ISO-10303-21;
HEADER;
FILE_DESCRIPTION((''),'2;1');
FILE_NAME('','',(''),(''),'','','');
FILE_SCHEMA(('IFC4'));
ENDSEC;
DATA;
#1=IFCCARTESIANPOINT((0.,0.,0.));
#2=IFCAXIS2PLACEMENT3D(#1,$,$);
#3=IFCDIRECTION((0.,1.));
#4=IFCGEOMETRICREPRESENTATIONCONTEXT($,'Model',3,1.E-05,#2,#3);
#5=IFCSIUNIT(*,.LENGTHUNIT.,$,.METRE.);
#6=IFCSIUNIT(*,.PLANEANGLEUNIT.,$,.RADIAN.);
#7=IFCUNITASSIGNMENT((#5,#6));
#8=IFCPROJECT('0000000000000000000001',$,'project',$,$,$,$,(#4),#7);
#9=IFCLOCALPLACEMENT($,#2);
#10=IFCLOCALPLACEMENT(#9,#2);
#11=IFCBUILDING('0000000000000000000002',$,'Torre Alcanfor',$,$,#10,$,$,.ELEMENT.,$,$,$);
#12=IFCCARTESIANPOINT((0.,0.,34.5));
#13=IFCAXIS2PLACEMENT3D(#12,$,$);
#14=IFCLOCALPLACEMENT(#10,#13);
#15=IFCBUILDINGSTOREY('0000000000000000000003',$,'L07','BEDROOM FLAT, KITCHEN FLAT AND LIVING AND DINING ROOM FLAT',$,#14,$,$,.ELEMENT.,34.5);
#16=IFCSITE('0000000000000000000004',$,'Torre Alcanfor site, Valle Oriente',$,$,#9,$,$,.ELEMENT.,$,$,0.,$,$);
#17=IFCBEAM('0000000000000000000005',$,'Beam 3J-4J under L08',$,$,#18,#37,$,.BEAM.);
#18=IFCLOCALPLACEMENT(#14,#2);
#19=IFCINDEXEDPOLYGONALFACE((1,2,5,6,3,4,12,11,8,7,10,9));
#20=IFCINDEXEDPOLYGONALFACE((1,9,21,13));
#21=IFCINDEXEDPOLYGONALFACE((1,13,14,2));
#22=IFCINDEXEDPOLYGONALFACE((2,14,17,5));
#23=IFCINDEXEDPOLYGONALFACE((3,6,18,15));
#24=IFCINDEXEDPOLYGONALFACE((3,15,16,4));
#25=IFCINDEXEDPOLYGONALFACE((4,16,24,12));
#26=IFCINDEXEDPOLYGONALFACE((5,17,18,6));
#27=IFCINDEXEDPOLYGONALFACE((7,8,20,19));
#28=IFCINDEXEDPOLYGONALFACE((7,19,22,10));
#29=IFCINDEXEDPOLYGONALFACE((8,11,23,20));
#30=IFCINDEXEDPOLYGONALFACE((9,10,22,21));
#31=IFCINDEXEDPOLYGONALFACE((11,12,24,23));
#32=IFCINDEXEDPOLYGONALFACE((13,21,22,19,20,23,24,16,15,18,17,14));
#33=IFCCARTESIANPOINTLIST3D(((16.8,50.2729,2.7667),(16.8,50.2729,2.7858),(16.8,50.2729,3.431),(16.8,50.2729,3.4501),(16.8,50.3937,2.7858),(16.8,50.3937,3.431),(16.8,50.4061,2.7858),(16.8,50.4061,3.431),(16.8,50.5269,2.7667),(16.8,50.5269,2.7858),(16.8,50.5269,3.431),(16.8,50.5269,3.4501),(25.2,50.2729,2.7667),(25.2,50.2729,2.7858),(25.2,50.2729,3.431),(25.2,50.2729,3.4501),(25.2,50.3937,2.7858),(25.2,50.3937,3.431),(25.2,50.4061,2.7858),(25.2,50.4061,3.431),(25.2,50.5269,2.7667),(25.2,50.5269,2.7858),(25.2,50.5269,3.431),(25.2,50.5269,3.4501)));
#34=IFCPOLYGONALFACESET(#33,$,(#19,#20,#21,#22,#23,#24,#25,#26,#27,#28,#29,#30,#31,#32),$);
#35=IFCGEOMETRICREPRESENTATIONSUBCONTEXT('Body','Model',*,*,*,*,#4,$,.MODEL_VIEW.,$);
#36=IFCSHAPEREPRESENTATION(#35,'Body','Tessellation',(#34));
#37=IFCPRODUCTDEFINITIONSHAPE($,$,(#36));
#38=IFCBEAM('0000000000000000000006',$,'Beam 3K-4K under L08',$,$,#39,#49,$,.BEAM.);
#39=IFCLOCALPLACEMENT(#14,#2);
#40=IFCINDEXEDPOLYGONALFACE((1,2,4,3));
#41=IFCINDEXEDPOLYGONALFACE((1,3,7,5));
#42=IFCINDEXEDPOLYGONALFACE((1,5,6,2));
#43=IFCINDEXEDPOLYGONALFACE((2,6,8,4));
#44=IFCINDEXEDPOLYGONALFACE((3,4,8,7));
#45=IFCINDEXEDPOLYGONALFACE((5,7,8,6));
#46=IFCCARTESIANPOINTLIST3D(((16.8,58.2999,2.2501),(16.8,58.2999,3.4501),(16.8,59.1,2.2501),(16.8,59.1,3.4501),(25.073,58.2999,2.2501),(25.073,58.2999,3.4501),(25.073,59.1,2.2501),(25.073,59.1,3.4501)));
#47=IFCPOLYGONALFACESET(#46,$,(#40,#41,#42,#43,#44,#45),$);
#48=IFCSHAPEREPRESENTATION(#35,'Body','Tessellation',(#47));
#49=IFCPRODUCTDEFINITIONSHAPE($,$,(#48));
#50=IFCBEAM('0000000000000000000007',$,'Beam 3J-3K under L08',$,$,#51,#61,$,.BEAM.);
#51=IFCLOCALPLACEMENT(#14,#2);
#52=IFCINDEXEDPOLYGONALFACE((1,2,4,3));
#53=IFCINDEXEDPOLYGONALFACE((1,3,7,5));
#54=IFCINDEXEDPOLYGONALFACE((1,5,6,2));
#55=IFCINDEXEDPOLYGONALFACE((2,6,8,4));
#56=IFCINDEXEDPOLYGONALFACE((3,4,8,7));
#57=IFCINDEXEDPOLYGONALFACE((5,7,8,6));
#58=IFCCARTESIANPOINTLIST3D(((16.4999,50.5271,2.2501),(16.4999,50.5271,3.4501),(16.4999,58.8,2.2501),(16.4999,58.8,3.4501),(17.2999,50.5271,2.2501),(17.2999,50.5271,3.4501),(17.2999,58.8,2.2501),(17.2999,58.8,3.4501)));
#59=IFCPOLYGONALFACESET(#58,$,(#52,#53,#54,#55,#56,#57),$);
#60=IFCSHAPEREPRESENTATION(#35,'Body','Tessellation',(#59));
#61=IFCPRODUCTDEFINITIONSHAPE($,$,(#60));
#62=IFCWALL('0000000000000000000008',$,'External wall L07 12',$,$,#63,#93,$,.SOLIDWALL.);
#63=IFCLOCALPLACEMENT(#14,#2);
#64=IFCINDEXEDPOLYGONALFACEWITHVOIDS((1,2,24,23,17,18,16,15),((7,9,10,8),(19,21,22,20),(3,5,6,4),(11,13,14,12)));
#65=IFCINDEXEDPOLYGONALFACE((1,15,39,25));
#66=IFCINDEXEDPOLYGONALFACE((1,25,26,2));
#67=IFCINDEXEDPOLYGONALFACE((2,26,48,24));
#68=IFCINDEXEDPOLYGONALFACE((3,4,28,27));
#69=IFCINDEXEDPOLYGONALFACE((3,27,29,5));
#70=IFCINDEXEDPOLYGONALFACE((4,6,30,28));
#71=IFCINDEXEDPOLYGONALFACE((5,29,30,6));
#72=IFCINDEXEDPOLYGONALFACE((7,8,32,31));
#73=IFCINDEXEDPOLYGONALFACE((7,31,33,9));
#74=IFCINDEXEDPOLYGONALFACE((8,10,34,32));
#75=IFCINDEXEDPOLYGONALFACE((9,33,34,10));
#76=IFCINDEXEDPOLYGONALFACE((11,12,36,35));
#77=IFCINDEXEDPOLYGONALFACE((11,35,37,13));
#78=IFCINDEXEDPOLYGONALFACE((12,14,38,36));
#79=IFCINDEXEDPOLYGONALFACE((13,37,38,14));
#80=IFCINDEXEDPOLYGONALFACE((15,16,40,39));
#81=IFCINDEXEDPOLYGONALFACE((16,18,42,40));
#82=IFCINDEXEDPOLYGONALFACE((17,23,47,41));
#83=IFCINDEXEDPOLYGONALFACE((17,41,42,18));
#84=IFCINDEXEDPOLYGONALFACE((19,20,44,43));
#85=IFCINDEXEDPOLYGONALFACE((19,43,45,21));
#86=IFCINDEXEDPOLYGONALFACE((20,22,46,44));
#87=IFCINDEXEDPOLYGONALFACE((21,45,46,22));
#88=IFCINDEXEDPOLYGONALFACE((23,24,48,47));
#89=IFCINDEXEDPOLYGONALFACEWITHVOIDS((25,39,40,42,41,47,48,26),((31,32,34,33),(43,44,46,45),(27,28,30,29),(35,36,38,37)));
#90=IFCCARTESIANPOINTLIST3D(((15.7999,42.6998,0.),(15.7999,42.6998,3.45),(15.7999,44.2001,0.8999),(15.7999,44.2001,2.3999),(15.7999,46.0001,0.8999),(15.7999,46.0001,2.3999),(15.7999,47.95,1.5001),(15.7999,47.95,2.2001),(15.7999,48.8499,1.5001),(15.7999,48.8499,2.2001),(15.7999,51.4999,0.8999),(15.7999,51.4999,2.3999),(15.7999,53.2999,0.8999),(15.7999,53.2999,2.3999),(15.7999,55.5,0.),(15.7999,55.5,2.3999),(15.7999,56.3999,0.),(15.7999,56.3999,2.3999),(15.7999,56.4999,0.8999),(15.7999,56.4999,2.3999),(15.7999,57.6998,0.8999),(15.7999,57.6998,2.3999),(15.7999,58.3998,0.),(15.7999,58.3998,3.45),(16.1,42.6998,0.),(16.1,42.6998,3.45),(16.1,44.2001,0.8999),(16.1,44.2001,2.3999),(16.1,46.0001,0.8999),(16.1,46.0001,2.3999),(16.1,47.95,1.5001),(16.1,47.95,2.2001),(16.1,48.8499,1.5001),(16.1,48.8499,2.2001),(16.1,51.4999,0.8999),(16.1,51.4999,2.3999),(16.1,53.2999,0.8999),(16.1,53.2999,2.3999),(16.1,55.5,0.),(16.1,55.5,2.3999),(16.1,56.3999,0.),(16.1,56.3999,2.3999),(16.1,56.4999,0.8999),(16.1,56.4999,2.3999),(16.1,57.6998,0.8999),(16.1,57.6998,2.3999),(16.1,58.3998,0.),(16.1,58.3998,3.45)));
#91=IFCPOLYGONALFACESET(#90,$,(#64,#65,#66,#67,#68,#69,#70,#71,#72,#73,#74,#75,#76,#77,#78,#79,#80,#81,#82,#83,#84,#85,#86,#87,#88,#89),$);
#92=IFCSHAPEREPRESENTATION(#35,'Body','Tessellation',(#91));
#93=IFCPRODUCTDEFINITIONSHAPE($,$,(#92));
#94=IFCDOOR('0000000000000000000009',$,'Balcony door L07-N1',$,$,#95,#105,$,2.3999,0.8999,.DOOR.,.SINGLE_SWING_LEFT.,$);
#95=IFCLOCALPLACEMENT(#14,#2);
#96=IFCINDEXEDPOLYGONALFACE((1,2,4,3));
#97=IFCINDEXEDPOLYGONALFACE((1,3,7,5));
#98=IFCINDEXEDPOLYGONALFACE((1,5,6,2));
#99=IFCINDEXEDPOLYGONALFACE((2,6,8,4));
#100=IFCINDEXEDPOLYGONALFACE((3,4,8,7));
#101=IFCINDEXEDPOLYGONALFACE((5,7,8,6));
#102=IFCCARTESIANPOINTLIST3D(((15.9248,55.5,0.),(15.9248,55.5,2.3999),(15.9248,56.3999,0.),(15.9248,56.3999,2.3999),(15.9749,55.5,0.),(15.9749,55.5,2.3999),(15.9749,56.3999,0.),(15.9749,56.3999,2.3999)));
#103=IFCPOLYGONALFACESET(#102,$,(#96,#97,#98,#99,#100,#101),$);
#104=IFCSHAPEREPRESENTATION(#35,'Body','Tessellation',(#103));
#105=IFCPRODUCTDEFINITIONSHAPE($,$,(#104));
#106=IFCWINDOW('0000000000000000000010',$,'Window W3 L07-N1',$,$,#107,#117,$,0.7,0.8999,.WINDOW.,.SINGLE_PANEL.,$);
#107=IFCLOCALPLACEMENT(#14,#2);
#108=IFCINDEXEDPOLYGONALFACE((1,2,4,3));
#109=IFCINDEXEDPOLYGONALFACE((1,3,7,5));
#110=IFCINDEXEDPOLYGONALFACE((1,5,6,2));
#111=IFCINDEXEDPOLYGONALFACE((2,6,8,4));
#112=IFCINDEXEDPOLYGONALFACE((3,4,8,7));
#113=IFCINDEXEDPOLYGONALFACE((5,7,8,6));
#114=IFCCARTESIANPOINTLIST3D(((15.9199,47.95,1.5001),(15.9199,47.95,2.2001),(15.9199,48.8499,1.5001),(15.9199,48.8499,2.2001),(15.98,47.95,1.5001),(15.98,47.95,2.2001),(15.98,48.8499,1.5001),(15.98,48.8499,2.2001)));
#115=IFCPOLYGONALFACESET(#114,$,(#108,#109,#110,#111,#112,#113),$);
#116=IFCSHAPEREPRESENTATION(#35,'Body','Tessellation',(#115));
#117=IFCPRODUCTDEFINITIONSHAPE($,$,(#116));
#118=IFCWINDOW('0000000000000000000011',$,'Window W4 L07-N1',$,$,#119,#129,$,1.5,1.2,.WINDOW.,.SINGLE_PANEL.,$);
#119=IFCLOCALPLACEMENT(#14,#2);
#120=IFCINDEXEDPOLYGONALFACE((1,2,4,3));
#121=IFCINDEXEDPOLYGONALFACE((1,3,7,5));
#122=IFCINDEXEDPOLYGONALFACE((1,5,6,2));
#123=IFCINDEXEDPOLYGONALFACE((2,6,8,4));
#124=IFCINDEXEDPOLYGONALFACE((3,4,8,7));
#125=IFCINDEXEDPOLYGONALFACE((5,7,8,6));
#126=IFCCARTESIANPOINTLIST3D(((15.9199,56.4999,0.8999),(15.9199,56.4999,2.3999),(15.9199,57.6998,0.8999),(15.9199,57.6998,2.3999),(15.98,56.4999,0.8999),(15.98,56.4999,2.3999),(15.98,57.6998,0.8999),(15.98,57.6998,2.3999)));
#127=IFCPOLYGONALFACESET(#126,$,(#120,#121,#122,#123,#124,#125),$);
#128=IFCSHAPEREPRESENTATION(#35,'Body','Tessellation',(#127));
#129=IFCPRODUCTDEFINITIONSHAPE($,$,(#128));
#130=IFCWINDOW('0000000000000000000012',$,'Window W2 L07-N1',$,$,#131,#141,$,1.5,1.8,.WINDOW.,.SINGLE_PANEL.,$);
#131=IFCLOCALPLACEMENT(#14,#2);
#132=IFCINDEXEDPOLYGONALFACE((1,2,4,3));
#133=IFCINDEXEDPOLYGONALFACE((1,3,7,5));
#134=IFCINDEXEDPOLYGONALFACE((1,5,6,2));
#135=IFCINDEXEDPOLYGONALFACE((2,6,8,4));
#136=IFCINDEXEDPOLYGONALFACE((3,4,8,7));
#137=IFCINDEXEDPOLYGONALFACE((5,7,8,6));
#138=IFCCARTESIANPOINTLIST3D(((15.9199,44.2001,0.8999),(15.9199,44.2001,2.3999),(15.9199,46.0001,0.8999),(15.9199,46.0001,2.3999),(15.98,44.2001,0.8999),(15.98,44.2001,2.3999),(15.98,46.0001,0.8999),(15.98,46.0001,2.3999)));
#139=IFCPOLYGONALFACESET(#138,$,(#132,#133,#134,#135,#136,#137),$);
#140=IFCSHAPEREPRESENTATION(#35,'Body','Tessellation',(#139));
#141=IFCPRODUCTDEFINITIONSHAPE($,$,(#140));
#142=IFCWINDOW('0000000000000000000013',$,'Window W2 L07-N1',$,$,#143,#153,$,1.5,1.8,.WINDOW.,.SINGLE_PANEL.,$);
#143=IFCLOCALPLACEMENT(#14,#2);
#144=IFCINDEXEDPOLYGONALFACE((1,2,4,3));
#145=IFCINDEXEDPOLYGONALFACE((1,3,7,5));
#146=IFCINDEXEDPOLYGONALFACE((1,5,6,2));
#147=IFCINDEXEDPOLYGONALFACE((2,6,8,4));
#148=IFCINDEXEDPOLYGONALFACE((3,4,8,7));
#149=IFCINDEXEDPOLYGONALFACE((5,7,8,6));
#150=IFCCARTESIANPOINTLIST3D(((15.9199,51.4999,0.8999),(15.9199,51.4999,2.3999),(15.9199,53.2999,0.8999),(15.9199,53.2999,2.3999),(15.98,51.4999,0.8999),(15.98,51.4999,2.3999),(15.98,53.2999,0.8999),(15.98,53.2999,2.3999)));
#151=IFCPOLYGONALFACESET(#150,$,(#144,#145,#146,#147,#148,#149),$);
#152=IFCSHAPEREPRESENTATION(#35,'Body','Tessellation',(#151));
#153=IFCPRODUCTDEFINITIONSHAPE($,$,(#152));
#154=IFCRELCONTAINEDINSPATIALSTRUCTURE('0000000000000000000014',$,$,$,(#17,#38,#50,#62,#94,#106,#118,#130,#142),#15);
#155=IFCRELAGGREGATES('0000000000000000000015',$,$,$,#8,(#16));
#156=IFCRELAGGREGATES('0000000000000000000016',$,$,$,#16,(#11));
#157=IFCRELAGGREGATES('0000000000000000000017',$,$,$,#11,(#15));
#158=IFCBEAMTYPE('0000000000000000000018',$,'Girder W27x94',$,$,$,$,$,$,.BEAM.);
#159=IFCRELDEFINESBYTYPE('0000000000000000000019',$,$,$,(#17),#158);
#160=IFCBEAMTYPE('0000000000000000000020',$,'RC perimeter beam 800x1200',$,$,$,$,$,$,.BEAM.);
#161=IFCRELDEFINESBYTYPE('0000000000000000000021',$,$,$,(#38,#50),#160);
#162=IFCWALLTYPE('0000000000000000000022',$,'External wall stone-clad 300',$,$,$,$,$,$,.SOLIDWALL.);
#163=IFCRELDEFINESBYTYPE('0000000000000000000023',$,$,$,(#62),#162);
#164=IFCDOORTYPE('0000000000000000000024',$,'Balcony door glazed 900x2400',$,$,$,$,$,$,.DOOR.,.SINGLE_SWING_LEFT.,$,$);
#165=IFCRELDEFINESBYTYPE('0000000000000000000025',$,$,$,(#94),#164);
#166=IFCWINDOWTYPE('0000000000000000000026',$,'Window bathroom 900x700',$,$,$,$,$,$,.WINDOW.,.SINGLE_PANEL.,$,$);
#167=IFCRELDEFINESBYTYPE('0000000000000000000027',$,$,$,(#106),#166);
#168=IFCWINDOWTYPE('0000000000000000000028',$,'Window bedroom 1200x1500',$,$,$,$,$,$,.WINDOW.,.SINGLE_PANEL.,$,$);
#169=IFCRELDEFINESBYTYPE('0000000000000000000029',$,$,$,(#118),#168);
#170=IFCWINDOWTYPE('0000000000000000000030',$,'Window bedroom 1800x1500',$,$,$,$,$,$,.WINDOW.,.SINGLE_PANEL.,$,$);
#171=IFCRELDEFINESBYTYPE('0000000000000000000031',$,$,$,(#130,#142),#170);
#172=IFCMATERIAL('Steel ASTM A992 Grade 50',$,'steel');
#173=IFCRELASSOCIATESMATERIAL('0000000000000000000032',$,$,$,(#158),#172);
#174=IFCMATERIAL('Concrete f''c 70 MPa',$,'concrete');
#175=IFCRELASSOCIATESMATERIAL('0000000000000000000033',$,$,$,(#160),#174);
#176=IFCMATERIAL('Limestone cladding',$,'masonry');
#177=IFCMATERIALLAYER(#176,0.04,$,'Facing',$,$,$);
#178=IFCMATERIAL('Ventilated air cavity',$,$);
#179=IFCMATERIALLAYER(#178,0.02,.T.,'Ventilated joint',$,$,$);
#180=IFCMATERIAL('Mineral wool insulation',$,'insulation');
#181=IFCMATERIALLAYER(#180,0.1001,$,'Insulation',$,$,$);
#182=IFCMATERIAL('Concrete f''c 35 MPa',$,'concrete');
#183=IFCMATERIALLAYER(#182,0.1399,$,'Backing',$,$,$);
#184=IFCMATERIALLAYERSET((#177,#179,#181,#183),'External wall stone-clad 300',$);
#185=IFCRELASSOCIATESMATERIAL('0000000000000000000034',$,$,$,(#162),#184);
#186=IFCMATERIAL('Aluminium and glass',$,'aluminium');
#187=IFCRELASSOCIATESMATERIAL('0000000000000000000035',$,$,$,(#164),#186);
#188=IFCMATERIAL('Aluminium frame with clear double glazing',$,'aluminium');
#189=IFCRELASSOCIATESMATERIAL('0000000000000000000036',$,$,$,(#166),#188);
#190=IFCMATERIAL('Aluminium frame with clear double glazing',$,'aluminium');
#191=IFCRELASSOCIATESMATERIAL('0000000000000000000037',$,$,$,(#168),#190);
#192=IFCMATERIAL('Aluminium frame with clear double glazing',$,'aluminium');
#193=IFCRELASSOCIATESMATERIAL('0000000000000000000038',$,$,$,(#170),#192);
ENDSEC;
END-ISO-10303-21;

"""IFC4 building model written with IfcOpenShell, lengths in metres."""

from ifc_helpers import new_model, si_unit, direction, frame, frame_2d, origin, origin_2d, place, context, subcontext, project, spatial, rectangle, i_section, extrude, material, layer, layer_set, material_profile, profile_set, type_object, element, fill, save


model = new_model("IFC4")

# Units and contexts
model_context = context("Model", 3, precision=1e-05, world=origin(), true_north=direction((0.0, 1.0)))
body_context = subcontext(model_context, "Body", "Model", "MODEL_VIEW")
ifc_project = project(units=[si_unit("LENGTHUNIT", "METRE"), si_unit("PLANEANGLEUNIT", "RADIAN")], contexts=[model_context])

# Site, building, storey
site_placement = place(None, origin())
site = spatial("IfcSite", under=ifc_project, at=site_placement, Name="Torre Alcanfor site, Valle Oriente", CompositionType="ELEMENT", RefElevation=0.0)
building_placement = place(site_placement, origin())
building = spatial("IfcBuilding", under=site, at=building_placement, Name="Torre Alcanfor", CompositionType="ELEMENT")
storey_placement = place(building_placement, frame((0.0, 0.0, 34.5)))
storey = spatial("IfcBuildingStorey", under=building, at=storey_placement, Name="L07", Description="BEDROOM FLAT, KITCHEN FLAT AND LIVING AND DINING ROOM FLAT", CompositionType="ELEMENT", Elevation=34.5)

# Beams
ifc_material_1 = material(Name="Steel ASTM A992 Grade 50", Category="steel")
ifc_material_profile_1 = material_profile(ifc_material_1, i_section(OverallWidth=0.2539, OverallDepth=0.6833, WebThickness=0.0125, FlangeThickness=0.019, at=origin_2d()), Name="W27x94")
ifc_profile_set_1 = profile_set([ifc_material_profile_1], Name="Steel ASTM A992 Grade 50")
beam_type_1 = type_object("IfcBeamType", Name="Girder W27x94", PredefinedType="BEAM", material=ifc_profile_set_1)
beam_1_placement = place(storey_placement, frame((16.8, 50.3999, 3.1084), z_axis=(1.0, 0.0, 0.0), x_axis=(0.0, 1.0, 0.0)))
element("IfcBeam", 1, at=beam_1_placement, inside=storey, type_object=beam_type_1, Name="Beam 3J-4J under L08", PredefinedType="BEAM", context=body_context, shape_type="SweptSolid", body=[
    extrude(i_section(OverallWidth=0.2539, OverallDepth=0.6833, WebThickness=0.0125, FlangeThickness=0.019, at=origin_2d()), origin(), (0.0, 0.0, 1.0), 8.3999),
])
ifc_material_2 = material(Name="Concrete f'c 70 MPa", Category="concrete")
ifc_material_profile_2 = material_profile(ifc_material_2, rectangle(XDim=0.8, YDim=1.2, at=origin_2d()), Name="800x1200")
ifc_profile_set_2 = profile_set([ifc_material_profile_2], Name="Concrete f'c 70 MPa")
beam_type_2 = type_object("IfcBeamType", Name="RC perimeter beam 800x1200", PredefinedType="BEAM", material=ifc_profile_set_2)
for number, where, z_axis, x_axis, name in (
    (2, (16.8, 58.7, 2.8501), (1.0, 0.0, 0.0), (0.0, 1.0, 0.0), "Beam 3K-4K under L08"),
    (3, (16.8999, 50.5271, 2.8501), (0.0, 1.0, 0.0), (-1.0, 0.0, 0.0), "Beam 3J-3K under L08"),
):
    element("IfcBeam", number, at=place(storey_placement, frame(where, z_axis=z_axis, x_axis=x_axis)), inside=storey, type_object=beam_type_2, Name=name, PredefinedType="BEAM", context=body_context, shape_type="SweptSolid", body=[
        extrude(rectangle(XDim=0.8, YDim=1.2, at=origin_2d()), origin(), (0.0, 0.0, 1.0), 8.2729),
    ])

# Wall, openings, door, windows
ifc_material_3 = material(Name="Limestone cladding", Category="masonry")
ifc_layer_1 = layer(ifc_material_3, 0.04, Name="Facing")
ifc_material_4 = material(Name="Ventilated air cavity")
ifc_layer_2 = layer(ifc_material_4, 0.02, ventilated=True, Name="Ventilated joint")
ifc_material_5 = material(Name="Mineral wool insulation", Category="insulation")
ifc_layer_3 = layer(ifc_material_5, 0.1001, Name="Insulation")
ifc_material_6 = material(Name="Concrete f'c 35 MPa", Category="concrete")
ifc_layer_4 = layer(ifc_material_6, 0.1399, Name="Backing")
ifc_layer_set_1 = layer_set([ifc_layer_1, ifc_layer_2, ifc_layer_3, ifc_layer_4], Name="External wall stone-clad 300")
wall_type_1 = type_object("IfcWallType", Name="External wall stone-clad 300", PredefinedType="SOLIDWALL", material=ifc_layer_set_1)
wall_1_placement = place(storey_placement, frame((15.95, 58.3999, 0.0), z_axis=(0.0, 0.0, 1.0), x_axis=(0.0, -1.0, 0.0)))
wall_1 = element("IfcWall", 4, at=wall_1_placement, inside=storey, type_object=wall_type_1, Name="External wall L07 12", PredefinedType="SOLIDWALL", context=body_context, shape_type="SweptSolid", body=[
    extrude(rectangle(XDim=15.7, YDim=0.3, at=frame_2d((7.8501, 0.0))), origin(), (0.0, 0.0, 1.0), 3.45),
])
opening_1_placement = place(wall_1_placement, frame((12.3999, 0.0, 0.8999)))
opening_1 = element("IfcOpeningElement", 5, at=opening_1_placement, cuts=wall_1, PredefinedType="OPENING", context=body_context, shape_type="SweptSolid", body=[
    extrude(rectangle(XDim=1.8, YDim=1.5, at=frame_2d((0.8999, 0.75))), frame((0.0, 0.1599, 0.0), z_axis=(0.0, -1.0, 0.0), x_axis=(1.0, 0.0, 0.0)), (0.0, 0.0, 1.0), 0.3201),
])
opening_2_placement = place(wall_1_placement, frame((9.55, 0.0, 1.5)))
opening_2 = element("IfcOpeningElement", 6, at=opening_2_placement, cuts=wall_1, PredefinedType="OPENING", context=body_context, shape_type="SweptSolid", body=[
    extrude(rectangle(XDim=0.8999, YDim=0.7, at=frame_2d((0.45, 0.3501))), frame((0.0, 0.1599, 0.0), z_axis=(0.0, -1.0, 0.0), x_axis=(1.0, 0.0, 0.0)), (0.0, 0.0, 1.0), 0.3201),
])
opening_3_placement = place(wall_1_placement, frame((5.1001, 0.0, 0.8999)))
opening_3 = element("IfcOpeningElement", 7, at=opening_3_placement, cuts=wall_1, PredefinedType="OPENING", context=body_context, shape_type="SweptSolid", body=[
    extrude(rectangle(XDim=1.8, YDim=1.5, at=frame_2d((0.8999, 0.75))), frame((0.0, 0.1599, 0.0), z_axis=(0.0, -1.0, 0.0), x_axis=(1.0, 0.0, 0.0)), (0.0, 0.0, 1.0), 0.3201),
])
opening_4_placement = place(wall_1_placement, frame((2.0, 0.0, 0.0)))
opening_4 = element("IfcOpeningElement", 8, at=opening_4_placement, cuts=wall_1, PredefinedType="OPENING", context=body_context, shape_type="SweptSolid", body=[
    extrude(rectangle(XDim=0.8999, YDim=2.3999, at=frame_2d((0.45, 1.2))), frame((0.0, 0.1599, 0.0), z_axis=(0.0, -1.0, 0.0), x_axis=(1.0, 0.0, 0.0)), (0.0, 0.0, 1.0), 0.3201),
])
opening_5_placement = place(wall_1_placement, frame((0.7, 0.0, 0.8999)))
opening_5 = element("IfcOpeningElement", 9, at=opening_5_placement, cuts=wall_1, PredefinedType="OPENING", context=body_context, shape_type="SweptSolid", body=[
    extrude(rectangle(XDim=1.2, YDim=1.5, at=frame_2d((0.6001, 0.75))), frame((0.0, 0.1599, 0.0), z_axis=(0.0, -1.0, 0.0), x_axis=(1.0, 0.0, 0.0)), (0.0, 0.0, 1.0), 0.3201),
])
ifc_material_7 = material(Name="Aluminium and glass", Category="aluminium")
door_type = type_object("IfcDoorType", Name="Balcony door glazed 900x2400", OperationType="SINGLE_SWING_LEFT", PredefinedType="DOOR", material=ifc_material_7)
door_placement = place(opening_4_placement, origin())
door = element("IfcDoor", 10, at=door_placement, inside=storey, type_object=door_type, Name="Balcony door L07-N1", OperationType="SINGLE_SWING_LEFT", OverallHeight=2.3999, OverallWidth=0.8999, PredefinedType="DOOR", context=body_context, shape_type="SweptSolid", body=[
    extrude(rectangle(XDim=0.8999, YDim=2.3999, at=frame_2d((0.45, 1.2))), frame((0.0, 0.0249, 0.0), z_axis=(0.0, -1.0, 0.0), x_axis=(1.0, 0.0, 0.0)), (0.0, 0.0, 1.0), 0.05),
])
fill(opening_4, door)
ifc_material_8 = material(Name="Aluminium frame with clear double glazing", Category="aluminium")
window_type_1 = type_object("IfcWindowType", Name="Window bathroom 900x700", PartitioningType="SINGLE_PANEL", PredefinedType="WINDOW", material=ifc_material_8)
window_1_placement = place(opening_2_placement, origin())
window_1 = element("IfcWindow", 11, at=window_1_placement, inside=storey, type_object=window_type_1, Name="Window W3 L07-N1", OverallHeight=0.7, OverallWidth=0.8999, PartitioningType="SINGLE_PANEL", PredefinedType="WINDOW", context=body_context, shape_type="SweptSolid", body=[
    extrude(rectangle(XDim=0.8999, YDim=0.7, at=frame_2d((0.45, 0.3501))), frame((0.0, 0.03, 0.0), z_axis=(0.0, -1.0, 0.0), x_axis=(1.0, 0.0, 0.0)), (0.0, 0.0, 1.0), 0.0601),
])
fill(opening_2, window_1)
ifc_material_9 = material(Name="Aluminium frame with clear double glazing", Category="aluminium")
window_type_2 = type_object("IfcWindowType", Name="Window bedroom 1200x1500", PartitioningType="SINGLE_PANEL", PredefinedType="WINDOW", material=ifc_material_9)
window_2_placement = place(opening_5_placement, origin())
window_2 = element("IfcWindow", 12, at=window_2_placement, inside=storey, type_object=window_type_2, Name="Window W4 L07-N1", OverallHeight=1.5, OverallWidth=1.2, PartitioningType="SINGLE_PANEL", PredefinedType="WINDOW", context=body_context, shape_type="SweptSolid", body=[
    extrude(rectangle(XDim=1.2, YDim=1.5, at=frame_2d((0.6001, 0.75))), frame((0.0, 0.03, 0.0), z_axis=(0.0, -1.0, 0.0), x_axis=(1.0, 0.0, 0.0)), (0.0, 0.0, 1.0), 0.0601),
])
fill(opening_5, window_2)
ifc_material_10 = material(Name="Aluminium frame with clear double glazing", Category="aluminium")
window_type_3 = type_object("IfcWindowType", Name="Window bedroom 1800x1500", PartitioningType="SINGLE_PANEL", PredefinedType="WINDOW", material=ifc_material_10)
window_3_placement = place(opening_1_placement, origin())
window_3 = element("IfcWindow", 13, at=window_3_placement, inside=storey, type_object=window_type_3, Name="Window W2 L07-N1", OverallHeight=1.5, OverallWidth=1.8, PartitioningType="SINGLE_PANEL", PredefinedType="WINDOW", context=body_context, shape_type="SweptSolid", body=[
    extrude(rectangle(XDim=1.8, YDim=1.5, at=frame_2d((0.8999, 0.75))), frame((0.0, 0.03, 0.0), z_axis=(0.0, -1.0, 0.0), x_axis=(1.0, 0.0, 0.0)), (0.0, 0.0, 1.0), 0.0601),
])
fill(opening_1, window_3)
window_4_placement = place(opening_3_placement, origin())
window_4 = element("IfcWindow", 14, at=window_4_placement, inside=storey, type_object=window_type_3, Name="Window W2 L07-N1", OverallHeight=1.5, OverallWidth=1.8, PartitioningType="SINGLE_PANEL", PredefinedType="WINDOW", context=body_context, shape_type="SweptSolid", body=[
    extrude(rectangle(XDim=1.8, YDim=1.5, at=frame_2d((0.8999, 0.75))), frame((0.0, 0.03, 0.0), z_axis=(0.0, -1.0, 0.0), x_axis=(1.0, 0.0, 0.0)), (0.0, 0.0, 1.0), 0.0601),
])
fill(opening_3, window_4)

save(model, "model.ifc")
